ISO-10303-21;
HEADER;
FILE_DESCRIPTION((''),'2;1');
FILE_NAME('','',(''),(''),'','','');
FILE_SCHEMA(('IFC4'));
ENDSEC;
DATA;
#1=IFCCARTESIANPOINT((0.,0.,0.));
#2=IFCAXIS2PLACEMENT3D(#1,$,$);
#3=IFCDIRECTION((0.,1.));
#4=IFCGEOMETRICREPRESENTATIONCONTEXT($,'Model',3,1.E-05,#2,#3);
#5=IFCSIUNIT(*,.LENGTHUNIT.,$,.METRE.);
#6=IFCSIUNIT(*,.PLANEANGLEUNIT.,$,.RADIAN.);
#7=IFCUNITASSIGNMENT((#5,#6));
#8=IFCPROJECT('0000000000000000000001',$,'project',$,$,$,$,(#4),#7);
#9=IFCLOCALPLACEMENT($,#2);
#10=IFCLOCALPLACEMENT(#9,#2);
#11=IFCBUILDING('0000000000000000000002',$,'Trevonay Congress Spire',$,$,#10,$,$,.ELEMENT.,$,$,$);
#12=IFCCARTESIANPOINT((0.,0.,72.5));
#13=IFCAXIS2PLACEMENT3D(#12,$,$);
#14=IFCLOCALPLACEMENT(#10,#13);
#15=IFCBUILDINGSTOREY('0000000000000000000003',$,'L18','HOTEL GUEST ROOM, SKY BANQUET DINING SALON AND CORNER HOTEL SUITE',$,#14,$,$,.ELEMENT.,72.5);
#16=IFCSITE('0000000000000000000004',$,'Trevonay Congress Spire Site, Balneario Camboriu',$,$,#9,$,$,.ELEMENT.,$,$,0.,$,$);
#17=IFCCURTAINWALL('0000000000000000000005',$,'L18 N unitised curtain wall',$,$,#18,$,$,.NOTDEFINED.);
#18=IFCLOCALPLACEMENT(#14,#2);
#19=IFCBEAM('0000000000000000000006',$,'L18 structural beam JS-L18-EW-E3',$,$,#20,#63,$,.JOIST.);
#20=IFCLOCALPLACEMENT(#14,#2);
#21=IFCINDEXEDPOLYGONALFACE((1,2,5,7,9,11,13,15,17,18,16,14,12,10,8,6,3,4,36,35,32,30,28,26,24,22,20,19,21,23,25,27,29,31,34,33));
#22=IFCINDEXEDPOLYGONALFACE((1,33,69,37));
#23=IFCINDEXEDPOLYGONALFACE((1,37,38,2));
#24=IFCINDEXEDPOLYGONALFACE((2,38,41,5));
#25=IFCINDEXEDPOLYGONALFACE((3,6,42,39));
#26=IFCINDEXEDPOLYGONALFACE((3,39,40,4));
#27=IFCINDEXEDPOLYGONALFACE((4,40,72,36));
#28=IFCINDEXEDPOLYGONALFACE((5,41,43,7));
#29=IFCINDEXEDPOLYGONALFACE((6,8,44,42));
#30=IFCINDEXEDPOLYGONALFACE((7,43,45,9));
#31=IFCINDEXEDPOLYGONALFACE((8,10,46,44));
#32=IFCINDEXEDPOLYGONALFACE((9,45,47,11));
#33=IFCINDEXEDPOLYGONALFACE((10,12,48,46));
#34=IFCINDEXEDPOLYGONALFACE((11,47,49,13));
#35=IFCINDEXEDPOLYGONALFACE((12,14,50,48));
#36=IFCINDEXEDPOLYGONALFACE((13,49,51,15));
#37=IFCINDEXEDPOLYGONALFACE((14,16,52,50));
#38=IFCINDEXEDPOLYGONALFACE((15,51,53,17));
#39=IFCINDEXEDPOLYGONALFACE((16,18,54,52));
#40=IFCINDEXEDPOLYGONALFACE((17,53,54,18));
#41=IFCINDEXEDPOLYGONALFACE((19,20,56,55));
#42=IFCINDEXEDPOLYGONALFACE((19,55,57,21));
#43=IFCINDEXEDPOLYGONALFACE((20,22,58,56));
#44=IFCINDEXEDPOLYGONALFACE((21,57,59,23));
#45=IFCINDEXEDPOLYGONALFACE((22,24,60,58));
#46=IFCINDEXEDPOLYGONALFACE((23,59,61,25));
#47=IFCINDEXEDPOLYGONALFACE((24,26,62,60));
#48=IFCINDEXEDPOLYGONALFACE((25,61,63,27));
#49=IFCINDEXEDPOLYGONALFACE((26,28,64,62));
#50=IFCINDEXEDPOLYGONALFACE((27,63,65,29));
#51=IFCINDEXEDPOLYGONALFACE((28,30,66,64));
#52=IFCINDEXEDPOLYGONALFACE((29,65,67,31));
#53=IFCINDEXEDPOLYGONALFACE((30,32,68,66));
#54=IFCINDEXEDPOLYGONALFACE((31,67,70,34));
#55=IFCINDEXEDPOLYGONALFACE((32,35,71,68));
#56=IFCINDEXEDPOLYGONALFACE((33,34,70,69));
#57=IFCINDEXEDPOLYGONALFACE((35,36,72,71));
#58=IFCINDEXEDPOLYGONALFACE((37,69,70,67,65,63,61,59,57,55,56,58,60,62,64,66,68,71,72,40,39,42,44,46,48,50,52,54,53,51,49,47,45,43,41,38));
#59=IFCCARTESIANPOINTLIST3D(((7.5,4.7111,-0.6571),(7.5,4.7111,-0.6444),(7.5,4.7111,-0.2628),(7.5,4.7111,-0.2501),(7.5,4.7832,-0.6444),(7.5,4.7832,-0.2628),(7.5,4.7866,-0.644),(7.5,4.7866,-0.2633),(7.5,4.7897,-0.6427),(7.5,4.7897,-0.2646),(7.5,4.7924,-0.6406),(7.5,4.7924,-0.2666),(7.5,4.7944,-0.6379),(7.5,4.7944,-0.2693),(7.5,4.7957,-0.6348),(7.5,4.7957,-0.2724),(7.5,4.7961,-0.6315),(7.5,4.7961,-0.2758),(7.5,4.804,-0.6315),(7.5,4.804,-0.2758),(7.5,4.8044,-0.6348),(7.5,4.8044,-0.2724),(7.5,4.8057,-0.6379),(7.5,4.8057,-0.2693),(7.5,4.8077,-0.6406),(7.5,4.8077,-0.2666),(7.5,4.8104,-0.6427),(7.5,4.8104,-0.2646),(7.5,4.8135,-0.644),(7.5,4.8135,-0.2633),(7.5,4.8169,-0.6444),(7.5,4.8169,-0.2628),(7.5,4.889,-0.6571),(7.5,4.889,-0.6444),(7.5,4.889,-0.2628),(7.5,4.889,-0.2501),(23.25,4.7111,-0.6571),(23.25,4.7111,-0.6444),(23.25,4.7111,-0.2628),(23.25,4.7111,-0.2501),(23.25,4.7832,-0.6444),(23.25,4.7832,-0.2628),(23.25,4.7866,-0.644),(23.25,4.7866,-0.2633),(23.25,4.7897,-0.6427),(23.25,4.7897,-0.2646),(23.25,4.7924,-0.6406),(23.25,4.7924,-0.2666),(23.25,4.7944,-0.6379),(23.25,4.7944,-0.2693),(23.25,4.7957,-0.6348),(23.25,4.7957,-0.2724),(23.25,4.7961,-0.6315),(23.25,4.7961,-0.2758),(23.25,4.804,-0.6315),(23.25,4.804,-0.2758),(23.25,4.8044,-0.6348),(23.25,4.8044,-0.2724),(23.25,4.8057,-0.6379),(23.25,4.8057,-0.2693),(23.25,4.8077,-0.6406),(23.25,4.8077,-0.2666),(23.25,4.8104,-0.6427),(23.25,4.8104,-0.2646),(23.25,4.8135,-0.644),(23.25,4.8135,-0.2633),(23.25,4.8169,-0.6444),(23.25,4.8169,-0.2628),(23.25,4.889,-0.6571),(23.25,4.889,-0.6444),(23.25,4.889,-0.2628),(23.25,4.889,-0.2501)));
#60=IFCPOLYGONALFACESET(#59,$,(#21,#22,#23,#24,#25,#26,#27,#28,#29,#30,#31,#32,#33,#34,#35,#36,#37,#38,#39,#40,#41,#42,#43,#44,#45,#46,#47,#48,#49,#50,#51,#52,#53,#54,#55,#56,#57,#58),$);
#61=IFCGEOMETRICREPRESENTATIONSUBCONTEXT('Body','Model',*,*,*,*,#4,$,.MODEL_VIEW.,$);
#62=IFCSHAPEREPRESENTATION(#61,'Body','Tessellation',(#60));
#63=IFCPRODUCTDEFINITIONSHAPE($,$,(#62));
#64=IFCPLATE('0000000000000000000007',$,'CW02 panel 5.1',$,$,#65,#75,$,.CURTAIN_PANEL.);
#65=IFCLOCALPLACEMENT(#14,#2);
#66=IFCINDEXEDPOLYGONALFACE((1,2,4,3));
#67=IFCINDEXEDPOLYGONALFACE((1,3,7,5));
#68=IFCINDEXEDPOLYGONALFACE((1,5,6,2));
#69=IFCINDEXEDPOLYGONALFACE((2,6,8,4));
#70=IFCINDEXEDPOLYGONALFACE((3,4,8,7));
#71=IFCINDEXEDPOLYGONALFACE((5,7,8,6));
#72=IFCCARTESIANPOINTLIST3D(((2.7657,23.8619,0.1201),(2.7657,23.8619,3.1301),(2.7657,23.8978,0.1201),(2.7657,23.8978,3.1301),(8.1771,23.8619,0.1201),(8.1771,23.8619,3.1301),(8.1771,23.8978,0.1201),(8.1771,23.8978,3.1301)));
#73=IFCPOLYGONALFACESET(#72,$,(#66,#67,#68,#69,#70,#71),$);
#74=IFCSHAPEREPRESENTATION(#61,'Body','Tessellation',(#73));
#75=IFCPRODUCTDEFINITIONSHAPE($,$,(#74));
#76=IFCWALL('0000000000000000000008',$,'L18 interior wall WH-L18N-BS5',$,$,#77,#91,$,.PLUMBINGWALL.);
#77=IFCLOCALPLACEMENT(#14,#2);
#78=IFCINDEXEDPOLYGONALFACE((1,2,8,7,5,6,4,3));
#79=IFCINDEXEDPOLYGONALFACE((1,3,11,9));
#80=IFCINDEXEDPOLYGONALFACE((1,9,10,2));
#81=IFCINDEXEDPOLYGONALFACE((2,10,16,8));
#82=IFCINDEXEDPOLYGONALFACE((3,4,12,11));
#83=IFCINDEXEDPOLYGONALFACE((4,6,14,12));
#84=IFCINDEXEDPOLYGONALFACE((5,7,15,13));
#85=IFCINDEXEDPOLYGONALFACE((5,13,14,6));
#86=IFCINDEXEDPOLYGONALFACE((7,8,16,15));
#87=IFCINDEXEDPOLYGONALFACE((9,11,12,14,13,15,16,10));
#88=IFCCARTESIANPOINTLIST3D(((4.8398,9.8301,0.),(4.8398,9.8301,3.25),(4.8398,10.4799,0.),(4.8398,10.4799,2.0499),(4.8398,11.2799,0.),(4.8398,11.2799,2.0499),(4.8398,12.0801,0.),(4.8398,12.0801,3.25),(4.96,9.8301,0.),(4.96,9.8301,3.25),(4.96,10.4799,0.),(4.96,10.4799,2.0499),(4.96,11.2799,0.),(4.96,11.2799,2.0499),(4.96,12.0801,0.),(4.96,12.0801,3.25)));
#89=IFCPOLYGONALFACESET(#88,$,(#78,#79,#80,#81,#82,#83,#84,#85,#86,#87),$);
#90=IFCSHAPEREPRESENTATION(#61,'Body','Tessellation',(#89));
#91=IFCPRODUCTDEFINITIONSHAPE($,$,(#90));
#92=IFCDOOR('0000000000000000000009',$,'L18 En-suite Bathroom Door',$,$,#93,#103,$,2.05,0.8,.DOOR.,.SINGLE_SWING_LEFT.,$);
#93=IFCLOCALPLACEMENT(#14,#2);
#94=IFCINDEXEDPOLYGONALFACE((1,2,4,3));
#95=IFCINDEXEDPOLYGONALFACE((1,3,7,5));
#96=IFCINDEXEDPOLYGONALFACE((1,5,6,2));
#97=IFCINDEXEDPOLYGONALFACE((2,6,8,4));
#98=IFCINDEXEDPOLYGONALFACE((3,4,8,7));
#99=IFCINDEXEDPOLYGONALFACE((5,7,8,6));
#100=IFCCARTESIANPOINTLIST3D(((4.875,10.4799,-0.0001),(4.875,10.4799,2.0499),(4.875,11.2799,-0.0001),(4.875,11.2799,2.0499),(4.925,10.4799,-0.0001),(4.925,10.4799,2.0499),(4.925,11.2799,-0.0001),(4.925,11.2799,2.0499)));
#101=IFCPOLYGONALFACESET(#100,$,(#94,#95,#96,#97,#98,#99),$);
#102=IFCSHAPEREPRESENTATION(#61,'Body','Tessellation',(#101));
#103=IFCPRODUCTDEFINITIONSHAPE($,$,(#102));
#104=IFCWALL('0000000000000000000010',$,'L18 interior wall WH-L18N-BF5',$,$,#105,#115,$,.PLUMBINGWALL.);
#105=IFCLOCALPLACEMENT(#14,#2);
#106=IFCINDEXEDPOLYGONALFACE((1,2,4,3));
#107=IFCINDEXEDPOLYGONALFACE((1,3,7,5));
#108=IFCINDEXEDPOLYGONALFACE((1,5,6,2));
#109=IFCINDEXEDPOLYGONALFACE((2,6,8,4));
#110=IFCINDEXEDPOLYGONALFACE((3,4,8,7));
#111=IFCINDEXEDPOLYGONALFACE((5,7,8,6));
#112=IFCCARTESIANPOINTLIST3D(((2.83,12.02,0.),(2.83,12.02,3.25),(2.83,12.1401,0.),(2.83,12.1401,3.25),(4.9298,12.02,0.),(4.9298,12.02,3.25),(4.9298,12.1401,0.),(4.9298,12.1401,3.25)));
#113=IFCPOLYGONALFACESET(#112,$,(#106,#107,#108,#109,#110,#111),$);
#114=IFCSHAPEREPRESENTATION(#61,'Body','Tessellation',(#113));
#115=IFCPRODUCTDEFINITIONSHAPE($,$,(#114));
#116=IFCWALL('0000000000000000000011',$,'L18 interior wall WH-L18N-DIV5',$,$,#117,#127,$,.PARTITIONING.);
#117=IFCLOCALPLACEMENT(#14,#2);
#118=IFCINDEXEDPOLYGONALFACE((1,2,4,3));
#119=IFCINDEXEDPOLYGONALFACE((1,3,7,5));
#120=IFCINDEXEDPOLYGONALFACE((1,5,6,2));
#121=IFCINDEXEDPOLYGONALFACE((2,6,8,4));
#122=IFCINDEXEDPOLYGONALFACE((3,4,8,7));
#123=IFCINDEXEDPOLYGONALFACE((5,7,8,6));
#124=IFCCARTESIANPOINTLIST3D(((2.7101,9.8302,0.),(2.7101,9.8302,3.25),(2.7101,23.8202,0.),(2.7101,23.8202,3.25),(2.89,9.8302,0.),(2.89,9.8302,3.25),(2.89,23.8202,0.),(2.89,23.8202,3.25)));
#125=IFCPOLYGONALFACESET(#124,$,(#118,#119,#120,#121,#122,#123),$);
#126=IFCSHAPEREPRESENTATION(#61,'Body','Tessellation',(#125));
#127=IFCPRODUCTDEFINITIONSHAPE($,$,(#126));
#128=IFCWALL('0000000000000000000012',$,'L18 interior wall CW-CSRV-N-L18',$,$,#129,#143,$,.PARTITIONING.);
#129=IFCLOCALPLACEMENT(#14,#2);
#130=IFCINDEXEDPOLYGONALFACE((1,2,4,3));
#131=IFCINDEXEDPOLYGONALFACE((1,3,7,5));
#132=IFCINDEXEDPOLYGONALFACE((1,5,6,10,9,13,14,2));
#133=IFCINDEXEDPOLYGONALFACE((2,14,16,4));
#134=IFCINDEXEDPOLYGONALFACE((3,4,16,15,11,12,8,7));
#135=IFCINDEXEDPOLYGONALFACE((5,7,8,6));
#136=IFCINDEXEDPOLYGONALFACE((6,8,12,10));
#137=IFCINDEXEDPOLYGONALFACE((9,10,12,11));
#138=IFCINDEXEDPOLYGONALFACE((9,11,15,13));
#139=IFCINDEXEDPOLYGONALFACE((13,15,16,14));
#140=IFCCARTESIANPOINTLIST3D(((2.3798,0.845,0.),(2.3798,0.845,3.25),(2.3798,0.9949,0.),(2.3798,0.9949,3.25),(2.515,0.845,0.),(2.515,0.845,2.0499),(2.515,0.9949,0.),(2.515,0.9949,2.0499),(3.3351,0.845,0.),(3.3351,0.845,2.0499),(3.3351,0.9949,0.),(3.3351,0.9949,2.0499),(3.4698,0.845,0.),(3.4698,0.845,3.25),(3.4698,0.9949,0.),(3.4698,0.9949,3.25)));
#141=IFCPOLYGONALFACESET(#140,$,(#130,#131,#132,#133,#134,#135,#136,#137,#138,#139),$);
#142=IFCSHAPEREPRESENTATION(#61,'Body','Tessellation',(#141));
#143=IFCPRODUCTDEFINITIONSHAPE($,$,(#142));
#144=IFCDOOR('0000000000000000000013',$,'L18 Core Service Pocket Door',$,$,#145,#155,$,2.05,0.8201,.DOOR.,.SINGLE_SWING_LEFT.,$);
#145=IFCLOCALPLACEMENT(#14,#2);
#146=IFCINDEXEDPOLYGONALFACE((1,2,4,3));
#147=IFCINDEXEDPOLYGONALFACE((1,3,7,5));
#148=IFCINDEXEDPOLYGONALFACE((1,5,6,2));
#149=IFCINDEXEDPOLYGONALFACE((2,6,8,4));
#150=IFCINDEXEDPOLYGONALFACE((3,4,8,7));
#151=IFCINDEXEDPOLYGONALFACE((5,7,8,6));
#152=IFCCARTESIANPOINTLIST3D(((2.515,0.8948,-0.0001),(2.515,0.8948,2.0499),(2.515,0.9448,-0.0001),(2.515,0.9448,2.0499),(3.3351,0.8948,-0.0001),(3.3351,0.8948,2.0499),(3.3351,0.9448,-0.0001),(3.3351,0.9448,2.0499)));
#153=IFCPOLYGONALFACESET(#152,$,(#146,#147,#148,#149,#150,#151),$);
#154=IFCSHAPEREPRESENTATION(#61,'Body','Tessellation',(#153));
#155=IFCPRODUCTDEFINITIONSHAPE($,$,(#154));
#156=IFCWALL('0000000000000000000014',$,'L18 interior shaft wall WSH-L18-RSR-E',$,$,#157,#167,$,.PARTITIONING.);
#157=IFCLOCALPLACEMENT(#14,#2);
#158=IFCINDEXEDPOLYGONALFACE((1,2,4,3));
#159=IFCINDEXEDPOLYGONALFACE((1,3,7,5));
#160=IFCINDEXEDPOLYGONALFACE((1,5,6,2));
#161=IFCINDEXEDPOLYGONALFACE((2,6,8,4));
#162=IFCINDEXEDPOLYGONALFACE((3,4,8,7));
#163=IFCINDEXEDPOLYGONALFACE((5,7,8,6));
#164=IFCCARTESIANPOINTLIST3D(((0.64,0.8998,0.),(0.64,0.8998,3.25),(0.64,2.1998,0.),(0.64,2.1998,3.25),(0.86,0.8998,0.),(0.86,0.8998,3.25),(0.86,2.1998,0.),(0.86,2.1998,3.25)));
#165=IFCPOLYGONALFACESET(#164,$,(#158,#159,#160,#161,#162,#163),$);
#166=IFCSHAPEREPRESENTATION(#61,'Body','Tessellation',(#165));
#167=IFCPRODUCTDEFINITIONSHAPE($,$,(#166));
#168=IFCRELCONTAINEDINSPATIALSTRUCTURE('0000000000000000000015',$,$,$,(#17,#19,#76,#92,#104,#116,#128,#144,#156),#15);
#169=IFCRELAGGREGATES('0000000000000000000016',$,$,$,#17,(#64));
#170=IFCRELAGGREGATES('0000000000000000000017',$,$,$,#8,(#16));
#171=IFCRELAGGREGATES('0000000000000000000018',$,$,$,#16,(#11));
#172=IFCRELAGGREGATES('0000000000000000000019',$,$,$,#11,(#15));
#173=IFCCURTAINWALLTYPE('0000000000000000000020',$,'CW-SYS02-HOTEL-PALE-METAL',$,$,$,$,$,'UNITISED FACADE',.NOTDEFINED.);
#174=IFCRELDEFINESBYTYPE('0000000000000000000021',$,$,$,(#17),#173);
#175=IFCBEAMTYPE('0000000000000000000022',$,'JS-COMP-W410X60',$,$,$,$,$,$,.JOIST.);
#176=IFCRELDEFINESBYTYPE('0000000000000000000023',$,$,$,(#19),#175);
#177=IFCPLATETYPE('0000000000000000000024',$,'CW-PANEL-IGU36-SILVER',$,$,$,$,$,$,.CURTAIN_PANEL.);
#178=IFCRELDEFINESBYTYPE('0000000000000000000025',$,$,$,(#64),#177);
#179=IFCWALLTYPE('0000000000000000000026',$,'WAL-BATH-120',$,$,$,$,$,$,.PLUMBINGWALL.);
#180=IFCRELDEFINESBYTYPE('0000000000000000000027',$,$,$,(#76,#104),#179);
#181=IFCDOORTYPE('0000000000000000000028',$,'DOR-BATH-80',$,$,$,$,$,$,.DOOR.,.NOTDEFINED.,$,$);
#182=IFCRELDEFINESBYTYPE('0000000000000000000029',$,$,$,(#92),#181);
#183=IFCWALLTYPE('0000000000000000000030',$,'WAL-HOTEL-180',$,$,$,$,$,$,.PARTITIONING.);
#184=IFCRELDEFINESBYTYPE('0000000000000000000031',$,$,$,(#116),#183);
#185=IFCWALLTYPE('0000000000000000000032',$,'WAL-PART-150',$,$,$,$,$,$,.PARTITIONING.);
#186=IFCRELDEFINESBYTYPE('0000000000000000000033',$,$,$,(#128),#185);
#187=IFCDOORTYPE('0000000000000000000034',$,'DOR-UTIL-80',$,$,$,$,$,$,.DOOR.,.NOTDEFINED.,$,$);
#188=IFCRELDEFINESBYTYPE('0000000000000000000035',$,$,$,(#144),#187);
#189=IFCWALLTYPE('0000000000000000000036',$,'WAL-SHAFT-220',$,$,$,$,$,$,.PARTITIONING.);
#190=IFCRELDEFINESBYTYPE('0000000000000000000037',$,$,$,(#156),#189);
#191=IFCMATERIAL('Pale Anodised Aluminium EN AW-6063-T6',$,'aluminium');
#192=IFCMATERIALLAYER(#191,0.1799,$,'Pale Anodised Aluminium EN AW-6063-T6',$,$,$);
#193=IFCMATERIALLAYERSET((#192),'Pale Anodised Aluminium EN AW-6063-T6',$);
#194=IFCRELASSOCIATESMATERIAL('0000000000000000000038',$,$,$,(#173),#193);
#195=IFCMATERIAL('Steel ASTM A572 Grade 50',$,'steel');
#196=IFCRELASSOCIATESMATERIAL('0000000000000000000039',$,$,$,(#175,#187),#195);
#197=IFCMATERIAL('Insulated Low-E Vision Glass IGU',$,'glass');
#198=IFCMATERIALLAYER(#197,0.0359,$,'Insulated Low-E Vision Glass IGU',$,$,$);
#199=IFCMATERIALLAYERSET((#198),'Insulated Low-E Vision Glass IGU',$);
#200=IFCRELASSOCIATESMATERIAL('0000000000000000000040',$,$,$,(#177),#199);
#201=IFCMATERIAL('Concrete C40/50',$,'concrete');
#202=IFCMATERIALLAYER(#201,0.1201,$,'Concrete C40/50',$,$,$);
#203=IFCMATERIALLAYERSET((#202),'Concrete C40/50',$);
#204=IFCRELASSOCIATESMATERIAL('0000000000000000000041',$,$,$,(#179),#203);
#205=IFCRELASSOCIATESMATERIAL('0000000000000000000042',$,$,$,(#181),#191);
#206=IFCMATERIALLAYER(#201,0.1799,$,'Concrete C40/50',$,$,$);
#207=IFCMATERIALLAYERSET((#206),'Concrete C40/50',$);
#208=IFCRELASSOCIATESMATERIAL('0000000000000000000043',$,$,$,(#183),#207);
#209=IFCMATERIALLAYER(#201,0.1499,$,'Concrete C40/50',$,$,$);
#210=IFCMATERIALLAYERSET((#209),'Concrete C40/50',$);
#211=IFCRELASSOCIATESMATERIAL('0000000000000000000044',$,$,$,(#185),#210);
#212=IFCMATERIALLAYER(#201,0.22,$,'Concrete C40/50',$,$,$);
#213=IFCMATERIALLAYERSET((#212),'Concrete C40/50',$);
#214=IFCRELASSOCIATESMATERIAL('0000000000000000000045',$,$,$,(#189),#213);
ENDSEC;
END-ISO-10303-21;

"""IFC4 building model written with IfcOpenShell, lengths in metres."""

from ifc_helpers import new_model, si_unit, direction, frame, frame_2d, origin, origin_2d, place, context, subcontext, project, spatial, rectangle, i_section, extrude, material, layer, layer_set, material_profile, profile_set, type_object, element, fill, aggregate, save


model = new_model("IFC4")

# Units and contexts
model_context = context("Model", 3, precision=1e-05, world=origin(), true_north=direction((0.0, 1.0)))
body_context = subcontext(model_context, "Body", "Model", "MODEL_VIEW")
ifc_project = project(units=[si_unit("LENGTHUNIT", "METRE"), si_unit("PLANEANGLEUNIT", "RADIAN")], contexts=[model_context])

# Site, building, storey
site_placement = place(None, origin())
site = spatial("IfcSite", under=ifc_project, at=site_placement, Name="Trevonay Congress Spire Site, Balneario Camboriu", CompositionType="ELEMENT", RefElevation=0.0)
building_placement = place(site_placement, origin())
building = spatial("IfcBuilding", under=site, at=building_placement, Name="Trevonay Congress Spire", CompositionType="ELEMENT")
storey_placement = place(building_placement, frame((0.0, 0.0, 72.5)))
storey = spatial("IfcBuildingStorey", under=building, at=storey_placement, Name="L18", Description="HOTEL GUEST ROOM, SKY BANQUET DINING SALON AND CORNER HOTEL SUITE", CompositionType="ELEMENT", Elevation=72.5)

# Shared definitions
ifc_material_1 = material(Name="Steel ASTM A572 Grade 50", Category="steel")

# Curtain wall
ifc_material_2 = material(Name="Pale Anodised Aluminium EN AW-6063-T6", Category="aluminium")
ifc_layer_1 = layer(ifc_material_2, 0.1799, Name="Pale Anodised Aluminium EN AW-6063-T6")
ifc_layer_set_1 = layer_set([ifc_layer_1], Name="Pale Anodised Aluminium EN AW-6063-T6")
curtain_wall_type = type_object("IfcCurtainWallType", Name="CW-SYS02-HOTEL-PALE-METAL", ElementType="UNITISED FACADE", PredefinedType="NOTDEFINED", material=ifc_layer_set_1)
curtain_wall_placement = place(storey_placement, origin())
curtain_wall = element("IfcCurtainWall", 1, at=curtain_wall_placement, inside=storey, type_object=curtain_wall_type, Name="L18 N unitised curtain wall", PredefinedType="NOTDEFINED")

# Beam
ifc_material_profile_1 = material_profile(ifc_material_1, i_section(OverallWidth=0.178, OverallDepth=0.407, WebThickness=0.0078, FlangeThickness=0.0127, FilletRadius=0.0129, at=origin_2d()), Name="W410x60")
ifc_profile_set_1 = profile_set([ifc_material_profile_1], Name="Steel ASTM A572 Grade 50")
beam_type_1 = type_object("IfcBeamType", Name="JS-COMP-W410X60", PredefinedType="JOIST", material=ifc_profile_set_1)
for number, where, z_axis, x_axis, name in (
    (2, (7.5, 4.8, -0.4536), (1.0, 0.0, 0.0), (0.0, 1.0, 0.0), "L18 structural beam JS-L18-EW-E3"),
):
    element("IfcBeam", number, at=place(storey_placement, frame(where, z_axis=z_axis, x_axis=x_axis)), inside=storey, type_object=beam_type_1, Name=name, PredefinedType="JOIST", context=body_context, shape_type="SweptSolid", body=[
        extrude(i_section(OverallWidth=0.178, OverallDepth=0.407, WebThickness=0.0078, FlangeThickness=0.0127, FilletRadius=0.0129, at=origin_2d()), origin(), (0.0, 0.0, 1.0), 15.75),
    ])

# Plate
ifc_material_3 = material(Name="Insulated Low-E Vision Glass IGU", Category="glass")
ifc_layer_2 = layer(ifc_material_3, 0.0359, Name="Insulated Low-E Vision Glass IGU")
ifc_layer_set_2 = layer_set([ifc_layer_2], Name="Insulated Low-E Vision Glass IGU")
plate_type = type_object("IfcPlateType", Name="CW-PANEL-IGU36-SILVER", PredefinedType="CURTAIN_PANEL", material=ifc_layer_set_2)
plate_placement = place(storey_placement, frame((5.4714, 23.8799, 0.1201), z_axis=(0.0, 0.0, 1.0), x_axis=(1.0, 0.0, 0.0)))
plate = element("IfcPlate", 3, at=plate_placement, type_object=plate_type, Name="CW02 panel 5.1", PredefinedType="CURTAIN_PANEL", context=body_context, shape_type="SweptSolid", body=[
    extrude(rectangle(XDim=5.4114, YDim=0.0359, at=origin_2d()), origin(), (0.0, 0.0, 1.0), 3.01),
])
aggregate(curtain_wall, [plate])

# Wall, opening, door
ifc_material_4 = material(Name="Concrete C40/50", Category="concrete")
ifc_layer_3 = layer(ifc_material_4, 0.1201, Name="Concrete C40/50")
ifc_layer_set_3 = layer_set([ifc_layer_3], Name="Concrete C40/50")
wall_type_1 = type_object("IfcWallType", Name="WAL-BATH-120", PredefinedType="PLUMBINGWALL", material=ifc_layer_set_3)
wall_1_placement = place(storey_placement, frame((4.8999, 9.8301, 0.0), z_axis=(0.0, 0.0, 1.0), x_axis=(0.0, 1.0, 0.0)))
wall_1 = element("IfcWall", 4, at=wall_1_placement, inside=storey, type_object=wall_type_1, Name="L18 interior wall WH-L18N-BS5", PredefinedType="PLUMBINGWALL", context=body_context, shape_type="SweptSolid", body=[
    extrude(rectangle(XDim=2.25, YDim=0.1201, at=frame_2d((1.125, 0.0))), origin(), (0.0, 0.0, 1.0), 3.25),
])
opening_1_placement = place(wall_1_placement, frame((0.6499, 0.0, 0.0)))
opening_1 = element("IfcOpeningElement", 5, at=opening_1_placement, cuts=wall_1, PredefinedType="OPENING", context=body_context, shape_type="SweptSolid", body=[
    extrude(rectangle(XDim=0.8, YDim=2.05, at=frame_2d((0.3999, 1.0249))), frame((0.0, 0.0701, 0.0), z_axis=(0.0, -1.0, 0.0), x_axis=(1.0, 0.0, 0.0)), (0.0, 0.0, 1.0), 0.1401),
])
door_type_1 = type_object("IfcDoorType", Name="DOR-BATH-80", OperationType="NOTDEFINED", PredefinedType="DOOR", material=ifc_material_2)
door_1_placement = place(opening_1_placement, origin())
door_1 = element("IfcDoor", 6, at=door_1_placement, inside=storey, type_object=door_type_1, Name="L18 En-suite Bathroom Door", OperationType="SINGLE_SWING_LEFT", OverallHeight=2.05, OverallWidth=0.8, PredefinedType="DOOR", context=body_context, shape_type="SweptSolid", body=[
    extrude(rectangle(XDim=0.8, YDim=2.05, at=frame_2d((0.3999, 1.0249))), frame((0.0, 0.0249, 0.0), z_axis=(0.0, -1.0, 0.0), x_axis=(1.0, 0.0, 0.0)), (0.0, 0.0, 1.0), 0.05),
])
fill(opening_1, door_1)

# Walls
wall_2_placement = place(storey_placement, frame((2.8301, 12.0801, 0.0), z_axis=(0.0, 0.0, 1.0), x_axis=(1.0, 0.0, 0.0)))
element("IfcWall", 7, at=wall_2_placement, inside=storey, type_object=wall_type_1, Name="L18 interior wall WH-L18N-BF5", PredefinedType="PLUMBINGWALL", context=body_context, shape_type="SweptSolid", body=[
    extrude(rectangle(XDim=2.0999, YDim=0.1201, at=frame_2d((1.0498, 0.0))), origin(), (0.0, 0.0, 1.0), 3.25),
])
ifc_layer_4 = layer(ifc_material_4, 0.1799, Name="Concrete C40/50")
ifc_layer_set_4 = layer_set([ifc_layer_4], Name="Concrete C40/50")
wall_type_2 = type_object("IfcWallType", Name="WAL-HOTEL-180", PredefinedType="PARTITIONING", material=ifc_layer_set_4)
wall_3_placement = place(storey_placement, frame((2.8, 9.8301, 0.0), z_axis=(0.0, 0.0, 1.0), x_axis=(0.0, 1.0, 0.0)))
element("IfcWall", 8, at=wall_3_placement, inside=storey, type_object=wall_type_2, Name="L18 interior wall WH-L18N-DIV5", PredefinedType="PARTITIONING", context=body_context, shape_type="SweptSolid", body=[
    extrude(rectangle(XDim=13.99, YDim=0.1799, at=frame_2d((6.9951, 0.0))), origin(), (0.0, 0.0, 1.0), 3.25),
])

# Wall, opening, door
ifc_layer_5 = layer(ifc_material_4, 0.1499, Name="Concrete C40/50")
ifc_layer_set_5 = layer_set([ifc_layer_5], Name="Concrete C40/50")
wall_type_3 = type_object("IfcWallType", Name="WAL-PART-150", PredefinedType="PARTITIONING", material=ifc_layer_set_5)
wall_4_placement = place(storey_placement, frame((2.3799, 0.9199, 0.0), z_axis=(0.0, 0.0, 1.0), x_axis=(1.0, 0.0, 0.0)))
wall_4 = element("IfcWall", 9, at=wall_4_placement, inside=storey, type_object=wall_type_3, Name="L18 interior wall CW-CSRV-N-L18", PredefinedType="PARTITIONING", context=body_context, shape_type="SweptSolid", body=[
    extrude(rectangle(XDim=1.0901, YDim=0.1499, at=frame_2d((0.5449, 0.0))), origin(), (0.0, 0.0, 1.0), 3.25),
])
opening_2_placement = place(wall_4_placement, frame((0.135, 0.0, 0.0)))
opening_2 = element("IfcOpeningElement", 10, at=opening_2_placement, cuts=wall_4, PredefinedType="OPENING", context=body_context, shape_type="SweptSolid", body=[
    extrude(rectangle(XDim=0.8201, YDim=2.05, at=frame_2d((0.4102, 1.0249))), frame((0.0, 0.085, 0.0), z_axis=(0.0, -1.0, 0.0), x_axis=(1.0, 0.0, 0.0)), (0.0, 0.0, 1.0), 0.1699),
])
door_type_2 = type_object("IfcDoorType", Name="DOR-UTIL-80", OperationType="NOTDEFINED", PredefinedType="DOOR", material=ifc_material_1)
door_2_placement = place(opening_2_placement, origin())
door_2 = element("IfcDoor", 11, at=door_2_placement, inside=storey, type_object=door_type_2, Name="L18 Core Service Pocket Door", OperationType="SINGLE_SWING_LEFT", OverallHeight=2.05, OverallWidth=0.8201, PredefinedType="DOOR", context=body_context, shape_type="SweptSolid", body=[
    extrude(rectangle(XDim=0.8201, YDim=2.05, at=frame_2d((0.4102, 1.0249))), frame((0.0, 0.0249, 0.0), z_axis=(0.0, -1.0, 0.0), x_axis=(1.0, 0.0, 0.0)), (0.0, 0.0, 1.0), 0.05),
])
fill(opening_2, door_2)

# Wall
ifc_layer_6 = layer(ifc_material_4, 0.22, Name="Concrete C40/50")
ifc_layer_set_6 = layer_set([ifc_layer_6], Name="Concrete C40/50")
wall_type_4 = type_object("IfcWallType", Name="WAL-SHAFT-220", PredefinedType="PARTITIONING", material=ifc_layer_set_6)
wall_5_placement = place(storey_placement, frame((0.75, 0.8999, 0.0), z_axis=(0.0, 0.0, 1.0), x_axis=(0.0, 1.0, 0.0)))
element("IfcWall", 12, at=wall_5_placement, inside=storey, type_object=wall_type_4, Name="L18 interior shaft wall WSH-L18-RSR-E", PredefinedType="PARTITIONING", context=body_context, shape_type="SweptSolid", body=[
    extrude(rectangle(XDim=1.3, YDim=0.22, at=frame_2d((0.6499, 0.0))), origin(), (0.0, 0.0, 1.0), 3.25),
])

save(model, "model.ifc")
